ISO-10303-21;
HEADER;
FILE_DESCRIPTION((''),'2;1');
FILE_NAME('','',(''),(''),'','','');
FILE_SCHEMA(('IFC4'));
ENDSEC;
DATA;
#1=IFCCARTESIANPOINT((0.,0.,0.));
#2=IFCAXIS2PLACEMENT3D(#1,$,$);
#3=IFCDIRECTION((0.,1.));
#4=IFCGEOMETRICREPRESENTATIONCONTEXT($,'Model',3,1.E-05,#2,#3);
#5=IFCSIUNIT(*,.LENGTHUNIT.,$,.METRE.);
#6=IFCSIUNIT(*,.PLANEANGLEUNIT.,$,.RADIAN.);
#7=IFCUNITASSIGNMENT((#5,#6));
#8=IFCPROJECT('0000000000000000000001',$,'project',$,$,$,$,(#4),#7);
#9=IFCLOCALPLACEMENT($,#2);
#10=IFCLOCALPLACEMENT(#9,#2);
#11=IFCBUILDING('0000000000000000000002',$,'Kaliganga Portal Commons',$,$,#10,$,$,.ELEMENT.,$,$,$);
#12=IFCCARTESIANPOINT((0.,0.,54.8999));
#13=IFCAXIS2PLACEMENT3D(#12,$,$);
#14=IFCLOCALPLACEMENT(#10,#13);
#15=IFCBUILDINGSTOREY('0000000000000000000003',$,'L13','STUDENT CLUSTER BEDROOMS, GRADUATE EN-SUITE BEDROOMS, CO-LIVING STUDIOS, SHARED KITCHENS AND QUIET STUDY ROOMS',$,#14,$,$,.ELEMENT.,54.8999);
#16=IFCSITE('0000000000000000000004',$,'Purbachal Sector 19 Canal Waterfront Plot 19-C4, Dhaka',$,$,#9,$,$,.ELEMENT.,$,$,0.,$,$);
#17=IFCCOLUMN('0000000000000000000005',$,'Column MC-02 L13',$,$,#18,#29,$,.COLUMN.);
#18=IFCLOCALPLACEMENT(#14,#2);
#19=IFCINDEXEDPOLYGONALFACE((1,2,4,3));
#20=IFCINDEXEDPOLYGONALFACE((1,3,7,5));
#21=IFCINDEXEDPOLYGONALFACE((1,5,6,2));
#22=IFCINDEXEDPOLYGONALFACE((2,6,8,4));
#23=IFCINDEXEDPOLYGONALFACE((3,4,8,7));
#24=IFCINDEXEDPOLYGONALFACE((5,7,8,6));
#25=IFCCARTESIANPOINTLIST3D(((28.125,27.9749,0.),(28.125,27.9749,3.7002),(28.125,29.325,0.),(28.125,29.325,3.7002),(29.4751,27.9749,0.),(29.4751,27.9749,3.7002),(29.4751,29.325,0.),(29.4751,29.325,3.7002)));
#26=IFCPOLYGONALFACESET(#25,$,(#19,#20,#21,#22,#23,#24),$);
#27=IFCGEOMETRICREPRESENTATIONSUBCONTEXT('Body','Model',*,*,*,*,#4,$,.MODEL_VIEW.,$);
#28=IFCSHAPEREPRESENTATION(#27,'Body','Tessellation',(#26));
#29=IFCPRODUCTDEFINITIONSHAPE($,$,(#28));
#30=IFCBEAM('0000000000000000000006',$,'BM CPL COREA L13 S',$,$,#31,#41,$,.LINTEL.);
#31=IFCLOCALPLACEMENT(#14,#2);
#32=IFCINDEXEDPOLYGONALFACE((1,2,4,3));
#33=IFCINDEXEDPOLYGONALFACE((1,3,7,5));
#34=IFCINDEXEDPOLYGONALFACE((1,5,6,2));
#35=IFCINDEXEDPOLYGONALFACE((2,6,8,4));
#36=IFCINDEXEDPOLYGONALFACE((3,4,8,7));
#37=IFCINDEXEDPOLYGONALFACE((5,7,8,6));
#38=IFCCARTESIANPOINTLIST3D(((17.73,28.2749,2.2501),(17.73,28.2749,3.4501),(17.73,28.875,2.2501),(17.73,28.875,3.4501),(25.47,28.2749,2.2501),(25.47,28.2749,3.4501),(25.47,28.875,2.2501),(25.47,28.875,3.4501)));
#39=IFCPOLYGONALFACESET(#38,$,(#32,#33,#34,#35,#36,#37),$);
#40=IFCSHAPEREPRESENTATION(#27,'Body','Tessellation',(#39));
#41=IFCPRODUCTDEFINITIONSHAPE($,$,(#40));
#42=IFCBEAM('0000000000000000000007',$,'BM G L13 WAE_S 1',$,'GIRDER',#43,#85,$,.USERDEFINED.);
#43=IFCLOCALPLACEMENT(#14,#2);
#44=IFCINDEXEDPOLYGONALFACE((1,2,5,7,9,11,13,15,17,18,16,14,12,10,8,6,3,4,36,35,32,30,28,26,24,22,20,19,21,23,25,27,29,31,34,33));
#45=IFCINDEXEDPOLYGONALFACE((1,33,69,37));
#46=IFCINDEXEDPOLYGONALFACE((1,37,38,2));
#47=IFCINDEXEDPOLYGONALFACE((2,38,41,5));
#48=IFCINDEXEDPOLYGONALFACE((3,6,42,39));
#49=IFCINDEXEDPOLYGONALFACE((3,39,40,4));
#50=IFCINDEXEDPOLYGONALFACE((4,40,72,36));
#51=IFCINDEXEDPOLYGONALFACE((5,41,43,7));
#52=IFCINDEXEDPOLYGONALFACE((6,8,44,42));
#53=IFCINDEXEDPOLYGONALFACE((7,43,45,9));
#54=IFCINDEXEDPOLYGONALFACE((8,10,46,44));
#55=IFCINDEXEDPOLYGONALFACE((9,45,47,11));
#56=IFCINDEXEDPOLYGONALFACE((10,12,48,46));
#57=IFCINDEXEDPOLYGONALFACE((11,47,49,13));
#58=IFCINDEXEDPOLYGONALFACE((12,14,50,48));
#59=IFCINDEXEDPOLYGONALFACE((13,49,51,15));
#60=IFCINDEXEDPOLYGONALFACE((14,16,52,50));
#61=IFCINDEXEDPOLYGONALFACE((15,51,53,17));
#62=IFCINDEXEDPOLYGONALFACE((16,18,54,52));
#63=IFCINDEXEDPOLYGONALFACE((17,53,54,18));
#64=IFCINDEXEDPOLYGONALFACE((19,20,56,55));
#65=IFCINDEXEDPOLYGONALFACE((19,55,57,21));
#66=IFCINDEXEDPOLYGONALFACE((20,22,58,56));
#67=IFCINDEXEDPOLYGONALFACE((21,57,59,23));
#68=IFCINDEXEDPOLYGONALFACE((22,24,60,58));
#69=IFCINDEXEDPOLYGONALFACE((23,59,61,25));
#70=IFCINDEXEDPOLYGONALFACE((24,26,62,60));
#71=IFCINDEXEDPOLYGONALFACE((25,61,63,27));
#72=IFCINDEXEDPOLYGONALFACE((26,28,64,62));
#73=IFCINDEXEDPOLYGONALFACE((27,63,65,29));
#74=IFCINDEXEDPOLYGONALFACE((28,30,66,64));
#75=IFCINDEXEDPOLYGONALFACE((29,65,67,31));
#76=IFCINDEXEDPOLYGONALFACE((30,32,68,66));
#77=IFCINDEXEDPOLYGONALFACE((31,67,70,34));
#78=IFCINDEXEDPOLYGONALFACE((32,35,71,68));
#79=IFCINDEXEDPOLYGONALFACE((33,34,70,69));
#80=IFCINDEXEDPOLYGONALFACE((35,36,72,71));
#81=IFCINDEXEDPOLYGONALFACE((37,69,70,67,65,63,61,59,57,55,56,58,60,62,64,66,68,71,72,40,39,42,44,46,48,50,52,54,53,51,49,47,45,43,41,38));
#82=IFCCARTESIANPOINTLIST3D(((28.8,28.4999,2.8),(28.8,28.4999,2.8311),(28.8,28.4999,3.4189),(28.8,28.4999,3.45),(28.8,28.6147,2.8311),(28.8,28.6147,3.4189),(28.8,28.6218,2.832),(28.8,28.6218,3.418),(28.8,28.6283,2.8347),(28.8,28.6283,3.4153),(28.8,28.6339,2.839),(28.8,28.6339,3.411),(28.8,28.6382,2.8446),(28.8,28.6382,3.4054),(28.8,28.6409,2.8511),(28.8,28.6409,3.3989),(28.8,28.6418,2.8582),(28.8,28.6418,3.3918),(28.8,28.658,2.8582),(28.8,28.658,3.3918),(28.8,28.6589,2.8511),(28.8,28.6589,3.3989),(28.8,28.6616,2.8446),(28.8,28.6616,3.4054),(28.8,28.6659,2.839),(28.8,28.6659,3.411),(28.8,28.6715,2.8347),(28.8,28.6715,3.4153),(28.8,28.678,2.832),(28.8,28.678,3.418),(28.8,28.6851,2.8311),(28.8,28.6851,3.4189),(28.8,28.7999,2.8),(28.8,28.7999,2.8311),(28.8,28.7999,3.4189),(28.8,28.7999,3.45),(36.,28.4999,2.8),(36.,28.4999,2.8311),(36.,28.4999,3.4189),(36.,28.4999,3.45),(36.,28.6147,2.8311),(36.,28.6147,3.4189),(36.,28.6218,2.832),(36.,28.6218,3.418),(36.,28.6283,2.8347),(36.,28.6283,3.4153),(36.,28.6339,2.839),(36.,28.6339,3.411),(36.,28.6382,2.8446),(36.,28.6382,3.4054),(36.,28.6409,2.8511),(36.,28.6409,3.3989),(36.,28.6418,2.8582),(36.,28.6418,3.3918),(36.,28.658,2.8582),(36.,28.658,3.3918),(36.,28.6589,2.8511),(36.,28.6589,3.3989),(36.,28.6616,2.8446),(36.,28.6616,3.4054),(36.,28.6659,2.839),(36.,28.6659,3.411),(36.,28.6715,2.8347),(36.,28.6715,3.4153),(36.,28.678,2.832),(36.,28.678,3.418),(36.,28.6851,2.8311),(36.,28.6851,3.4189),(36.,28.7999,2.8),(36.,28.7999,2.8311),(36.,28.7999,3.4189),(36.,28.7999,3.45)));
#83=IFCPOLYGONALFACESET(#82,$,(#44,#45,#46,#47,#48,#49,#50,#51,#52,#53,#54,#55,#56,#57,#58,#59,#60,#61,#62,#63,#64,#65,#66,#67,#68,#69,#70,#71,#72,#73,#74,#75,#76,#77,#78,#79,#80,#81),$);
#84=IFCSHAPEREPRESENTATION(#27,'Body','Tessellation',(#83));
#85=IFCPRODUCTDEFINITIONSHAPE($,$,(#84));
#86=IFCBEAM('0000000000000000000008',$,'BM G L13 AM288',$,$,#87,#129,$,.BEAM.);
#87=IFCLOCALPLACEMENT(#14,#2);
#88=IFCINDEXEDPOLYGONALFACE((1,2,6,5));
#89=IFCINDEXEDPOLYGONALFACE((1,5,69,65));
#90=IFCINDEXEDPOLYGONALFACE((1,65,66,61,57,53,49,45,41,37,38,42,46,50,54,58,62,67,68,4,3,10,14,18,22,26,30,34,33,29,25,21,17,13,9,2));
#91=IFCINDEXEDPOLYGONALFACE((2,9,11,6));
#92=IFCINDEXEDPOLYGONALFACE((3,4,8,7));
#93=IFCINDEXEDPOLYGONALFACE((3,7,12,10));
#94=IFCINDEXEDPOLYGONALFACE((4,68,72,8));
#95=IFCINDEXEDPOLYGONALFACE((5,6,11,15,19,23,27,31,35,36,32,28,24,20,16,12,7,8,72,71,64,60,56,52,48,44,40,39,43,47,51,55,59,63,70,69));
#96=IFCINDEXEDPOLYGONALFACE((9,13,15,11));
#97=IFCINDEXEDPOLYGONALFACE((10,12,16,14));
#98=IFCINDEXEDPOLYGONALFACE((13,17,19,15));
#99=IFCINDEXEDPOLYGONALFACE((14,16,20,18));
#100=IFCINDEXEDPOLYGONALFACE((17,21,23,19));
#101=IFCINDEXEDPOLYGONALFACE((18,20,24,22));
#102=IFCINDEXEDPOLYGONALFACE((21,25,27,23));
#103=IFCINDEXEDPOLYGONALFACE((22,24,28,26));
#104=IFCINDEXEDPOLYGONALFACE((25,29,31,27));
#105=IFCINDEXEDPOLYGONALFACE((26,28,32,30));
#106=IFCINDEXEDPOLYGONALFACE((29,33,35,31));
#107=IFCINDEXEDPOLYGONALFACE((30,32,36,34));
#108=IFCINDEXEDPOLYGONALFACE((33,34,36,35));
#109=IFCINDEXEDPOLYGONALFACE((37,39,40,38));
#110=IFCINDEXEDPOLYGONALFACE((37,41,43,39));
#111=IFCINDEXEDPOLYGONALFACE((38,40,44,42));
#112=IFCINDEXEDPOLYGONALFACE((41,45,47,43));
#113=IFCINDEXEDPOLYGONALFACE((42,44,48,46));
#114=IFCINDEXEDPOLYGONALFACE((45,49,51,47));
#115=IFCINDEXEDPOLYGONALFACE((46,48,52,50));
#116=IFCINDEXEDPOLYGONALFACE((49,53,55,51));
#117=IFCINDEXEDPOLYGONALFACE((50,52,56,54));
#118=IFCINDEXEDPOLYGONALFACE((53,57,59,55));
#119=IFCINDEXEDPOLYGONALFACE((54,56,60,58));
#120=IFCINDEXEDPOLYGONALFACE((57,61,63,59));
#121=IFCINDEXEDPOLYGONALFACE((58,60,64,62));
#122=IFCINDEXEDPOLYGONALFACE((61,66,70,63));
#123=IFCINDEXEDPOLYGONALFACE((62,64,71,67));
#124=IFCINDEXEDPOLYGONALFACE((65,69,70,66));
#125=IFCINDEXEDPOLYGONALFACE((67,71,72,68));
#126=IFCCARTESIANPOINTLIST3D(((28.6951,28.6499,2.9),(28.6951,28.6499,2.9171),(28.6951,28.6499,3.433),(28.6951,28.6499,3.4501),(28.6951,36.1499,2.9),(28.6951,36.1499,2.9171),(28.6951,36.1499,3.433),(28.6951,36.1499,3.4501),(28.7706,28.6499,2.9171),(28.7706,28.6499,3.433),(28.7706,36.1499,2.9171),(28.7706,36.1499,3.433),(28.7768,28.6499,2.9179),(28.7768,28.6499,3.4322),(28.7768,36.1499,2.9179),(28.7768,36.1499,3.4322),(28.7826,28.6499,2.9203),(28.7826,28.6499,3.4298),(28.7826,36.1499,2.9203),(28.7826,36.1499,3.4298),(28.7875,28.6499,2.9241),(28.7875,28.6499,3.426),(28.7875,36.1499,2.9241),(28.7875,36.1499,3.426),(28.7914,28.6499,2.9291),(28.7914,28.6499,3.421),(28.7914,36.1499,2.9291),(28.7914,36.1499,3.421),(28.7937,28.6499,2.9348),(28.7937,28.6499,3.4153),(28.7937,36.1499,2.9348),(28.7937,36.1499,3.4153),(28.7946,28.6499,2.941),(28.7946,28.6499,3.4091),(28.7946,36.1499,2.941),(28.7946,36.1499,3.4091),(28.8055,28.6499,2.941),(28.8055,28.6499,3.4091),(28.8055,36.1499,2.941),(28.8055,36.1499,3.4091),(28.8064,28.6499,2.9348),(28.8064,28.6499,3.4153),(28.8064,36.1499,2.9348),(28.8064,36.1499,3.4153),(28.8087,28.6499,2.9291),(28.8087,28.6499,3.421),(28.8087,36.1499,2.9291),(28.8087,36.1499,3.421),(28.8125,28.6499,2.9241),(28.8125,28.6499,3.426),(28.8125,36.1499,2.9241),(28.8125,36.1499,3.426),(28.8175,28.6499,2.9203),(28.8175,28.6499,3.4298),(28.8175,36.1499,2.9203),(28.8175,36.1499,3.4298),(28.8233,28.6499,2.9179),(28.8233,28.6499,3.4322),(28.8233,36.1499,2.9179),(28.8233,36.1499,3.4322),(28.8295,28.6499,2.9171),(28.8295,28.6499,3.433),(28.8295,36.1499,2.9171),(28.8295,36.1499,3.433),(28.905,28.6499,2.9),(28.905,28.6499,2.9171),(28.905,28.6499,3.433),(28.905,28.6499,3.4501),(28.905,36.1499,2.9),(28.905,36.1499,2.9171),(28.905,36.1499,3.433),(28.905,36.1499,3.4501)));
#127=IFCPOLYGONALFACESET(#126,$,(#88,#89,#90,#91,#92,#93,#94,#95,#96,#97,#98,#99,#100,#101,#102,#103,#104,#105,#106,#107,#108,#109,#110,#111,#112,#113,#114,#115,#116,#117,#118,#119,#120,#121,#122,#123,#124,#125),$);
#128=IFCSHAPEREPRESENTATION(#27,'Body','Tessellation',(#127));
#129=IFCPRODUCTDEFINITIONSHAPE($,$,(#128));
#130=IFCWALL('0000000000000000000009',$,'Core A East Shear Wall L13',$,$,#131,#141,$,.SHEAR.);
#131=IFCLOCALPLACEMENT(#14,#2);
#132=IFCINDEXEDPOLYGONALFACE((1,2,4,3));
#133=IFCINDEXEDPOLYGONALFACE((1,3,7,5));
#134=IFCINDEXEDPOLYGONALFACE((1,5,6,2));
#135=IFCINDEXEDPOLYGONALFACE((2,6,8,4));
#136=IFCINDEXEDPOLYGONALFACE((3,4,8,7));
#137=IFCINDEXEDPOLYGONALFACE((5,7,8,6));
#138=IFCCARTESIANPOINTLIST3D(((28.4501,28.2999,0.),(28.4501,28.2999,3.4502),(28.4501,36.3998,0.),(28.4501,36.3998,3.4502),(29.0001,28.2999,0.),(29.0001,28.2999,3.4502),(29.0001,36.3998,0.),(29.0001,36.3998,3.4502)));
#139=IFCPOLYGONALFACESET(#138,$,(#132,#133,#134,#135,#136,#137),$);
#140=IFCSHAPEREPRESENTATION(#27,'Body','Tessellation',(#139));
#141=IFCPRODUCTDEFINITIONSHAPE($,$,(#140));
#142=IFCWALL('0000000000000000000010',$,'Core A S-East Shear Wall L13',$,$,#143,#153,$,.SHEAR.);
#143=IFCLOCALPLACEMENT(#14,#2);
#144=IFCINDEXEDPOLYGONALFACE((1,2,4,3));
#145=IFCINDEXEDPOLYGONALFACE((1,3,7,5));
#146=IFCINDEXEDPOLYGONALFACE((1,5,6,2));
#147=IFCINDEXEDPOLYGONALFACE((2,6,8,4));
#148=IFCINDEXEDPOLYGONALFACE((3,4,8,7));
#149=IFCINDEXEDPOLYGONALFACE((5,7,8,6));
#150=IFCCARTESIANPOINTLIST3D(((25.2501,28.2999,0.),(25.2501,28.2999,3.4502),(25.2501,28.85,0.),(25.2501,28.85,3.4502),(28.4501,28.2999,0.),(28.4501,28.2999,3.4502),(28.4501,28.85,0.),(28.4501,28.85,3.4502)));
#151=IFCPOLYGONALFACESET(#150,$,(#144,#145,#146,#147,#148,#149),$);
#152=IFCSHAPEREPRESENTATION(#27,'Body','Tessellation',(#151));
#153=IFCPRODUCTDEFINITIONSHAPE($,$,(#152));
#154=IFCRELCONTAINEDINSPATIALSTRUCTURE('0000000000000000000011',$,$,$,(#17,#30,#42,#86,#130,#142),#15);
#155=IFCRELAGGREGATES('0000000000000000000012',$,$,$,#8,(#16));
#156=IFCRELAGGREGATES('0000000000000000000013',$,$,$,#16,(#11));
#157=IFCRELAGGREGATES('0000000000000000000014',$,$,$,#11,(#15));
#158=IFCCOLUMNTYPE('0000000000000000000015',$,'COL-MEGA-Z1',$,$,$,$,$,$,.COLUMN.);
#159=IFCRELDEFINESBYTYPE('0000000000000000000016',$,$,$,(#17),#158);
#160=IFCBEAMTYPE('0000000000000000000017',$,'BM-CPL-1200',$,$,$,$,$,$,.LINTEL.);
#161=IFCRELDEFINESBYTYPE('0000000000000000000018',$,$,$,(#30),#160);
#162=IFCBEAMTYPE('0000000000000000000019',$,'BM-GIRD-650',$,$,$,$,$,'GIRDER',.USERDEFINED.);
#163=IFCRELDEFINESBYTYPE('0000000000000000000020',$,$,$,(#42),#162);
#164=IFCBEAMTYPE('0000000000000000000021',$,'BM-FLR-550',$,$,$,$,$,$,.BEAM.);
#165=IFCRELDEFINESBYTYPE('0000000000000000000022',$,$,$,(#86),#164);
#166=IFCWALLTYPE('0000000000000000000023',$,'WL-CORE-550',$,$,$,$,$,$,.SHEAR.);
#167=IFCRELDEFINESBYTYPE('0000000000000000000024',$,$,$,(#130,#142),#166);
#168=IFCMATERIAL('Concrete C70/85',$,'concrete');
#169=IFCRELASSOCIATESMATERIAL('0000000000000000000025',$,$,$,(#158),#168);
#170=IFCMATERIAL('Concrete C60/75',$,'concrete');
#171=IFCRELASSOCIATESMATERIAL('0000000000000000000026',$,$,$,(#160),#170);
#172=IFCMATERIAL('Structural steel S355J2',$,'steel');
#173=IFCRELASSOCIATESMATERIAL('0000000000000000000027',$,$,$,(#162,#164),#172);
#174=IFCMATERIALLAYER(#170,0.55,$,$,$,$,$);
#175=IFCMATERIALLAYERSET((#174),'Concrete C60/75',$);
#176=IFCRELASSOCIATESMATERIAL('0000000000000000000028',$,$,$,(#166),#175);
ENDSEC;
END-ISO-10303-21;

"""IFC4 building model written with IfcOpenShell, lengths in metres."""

from ifc_helpers import new_model, si_unit, direction, frame, frame_2d, origin, origin_2d, place, context, subcontext, project, spatial, rectangle, i_section, extrude, source, transform, mapped, material, layer, layer_set, material_profile, profile_set, type_object, element, save


model = new_model("IFC4")

# Units and contexts
model_context = context("Model", 3, precision=1e-05, world=origin(), true_north=direction((0.0, 1.0)))
body_context = subcontext(model_context, "Body", "Model", "MODEL_VIEW")
ifc_project = project(units=[si_unit("LENGTHUNIT", "METRE"), si_unit("PLANEANGLEUNIT", "RADIAN")], contexts=[model_context])

# Site, building, storey
site_placement = place(None, origin())
site = spatial("IfcSite", under=ifc_project, at=site_placement, Name="Purbachal Sector 19 Canal Waterfront Plot 19-C4, Dhaka", CompositionType="ELEMENT", RefElevation=0.0)
building_placement = place(site_placement, origin())
building = spatial("IfcBuilding", under=site, at=building_placement, Name="Kaliganga Portal Commons", CompositionType="ELEMENT")
storey_placement = place(building_placement, frame((0.0, 0.0, 54.8999)))
storey = spatial("IfcBuildingStorey", under=building, at=storey_placement, Name="L13", Description="STUDENT CLUSTER BEDROOMS, GRADUATE EN-SUITE BEDROOMS, CO-LIVING STUDIOS, SHARED KITCHENS AND QUIET STUDY ROOMS", CompositionType="ELEMENT", Elevation=54.8999)

# Column
ifc_material_1 = material(Name="Concrete C70/85", Category="concrete")
ifc_material_profile_1 = material_profile(ifc_material_1, rectangle(XDim=1.3501, YDim=1.3501, at=origin_2d()), Name="RC 1350x1350")
ifc_profile_set_1 = profile_set([ifc_material_profile_1], Name="Concrete C70/85")
column_type = type_object("IfcColumnType", Name="COL-MEGA-Z1", PredefinedType="COLUMN", material=ifc_profile_set_1)
shared_shape_1 = source(origin(), body_context, "Body", "SweptSolid", [
    extrude(rectangle(XDim=1.3501, YDim=1.3501, at=origin_2d()), origin(), (0.0, 0.0, 1.0), 3.7002),
])
column_placement = place(storey_placement, frame((28.8, 28.6499, 0.0), z_axis=(0.0, 0.0, 1.0), x_axis=(1.0, 0.0, 0.0)))
element("IfcColumn", 1, at=column_placement, inside=storey, type_object=column_type, Name="Column MC-02 L13", PredefinedType="COLUMN", context=body_context, shape_type="MappedRepresentation", body=[
    mapped(shared_shape_1, transform((0.0, 0.0, 0.0), x_axis=(1.0, 0.0, 0.0), y_axis=(0.0, 1.0, 0.0), z_axis=(0.0, 0.0, 1.0), scale=1.0)),
])

# Beams
ifc_material_2 = material(Name="Concrete C60/75", Category="concrete")
ifc_material_profile_2 = material_profile(ifc_material_2, rectangle(XDim=0.6001, YDim=1.2, at=origin_2d()), Name="RC 600x1200")
ifc_profile_set_2 = profile_set([ifc_material_profile_2], Name="Concrete C60/75")
beam_type_1 = type_object("IfcBeamType", Name="BM-CPL-1200", PredefinedType="LINTEL", material=ifc_profile_set_2)
shared_shape_2 = source(origin(), body_context, "Body", "SweptSolid", [
    extrude(rectangle(XDim=0.6001, YDim=1.2, at=origin_2d()), origin(), (0.0, 0.0, 1.0), 7.74),
])
beam_1_placement = place(storey_placement, frame((17.73, 28.575, 2.8501), z_axis=(1.0, 0.0, 0.0), x_axis=(0.0, 1.0, 0.0)))
element("IfcBeam", 2, at=beam_1_placement, inside=storey, type_object=beam_type_1, Name="BM CPL COREA L13 S", PredefinedType="LINTEL", context=body_context, shape_type="MappedRepresentation", body=[
    mapped(shared_shape_2, transform((0.0, 0.0, 0.0), x_axis=(1.0, 0.0, 0.0), y_axis=(0.0, 1.0, 0.0), z_axis=(0.0, 0.0, 1.0), scale=1.0)),
])
ifc_material_3 = material(Name="Structural steel S355J2", Category="steel")
ifc_material_profile_3 = material_profile(ifc_material_3, i_section(OverallWidth=0.3, OverallDepth=0.6499, WebThickness=0.0161, FlangeThickness=0.031, FilletRadius=0.0271, at=origin_2d()), Name="HE 650 B")
ifc_profile_set_3 = profile_set([ifc_material_profile_3], Name="Structural steel S355J2 wide-flange")
beam_type_2 = type_object("IfcBeamType", Name="BM-GIRD-650", ElementType="GIRDER", PredefinedType="USERDEFINED", material=ifc_profile_set_3)
shared_shape_3 = source(origin(), body_context, "Body", "SweptSolid", [
    extrude(i_section(OverallWidth=0.3, OverallDepth=0.6499, WebThickness=0.0161, FlangeThickness=0.031, FilletRadius=0.0271, at=origin_2d()), origin(), (0.0, 0.0, 1.0), 7.2),
])
beam_2_placement = place(storey_placement, frame((28.8, 28.6499, 3.125), z_axis=(1.0, 0.0, 0.0), x_axis=(0.0, 1.0, 0.0)))
element("IfcBeam", 3, at=beam_2_placement, inside=storey, type_object=beam_type_2, Name="BM G L13 WAE_S 1", ObjectType="GIRDER", PredefinedType="USERDEFINED", context=body_context, shape_type="MappedRepresentation", body=[
    mapped(shared_shape_3, transform((0.0, 0.0, 0.0), x_axis=(1.0, 0.0, 0.0), y_axis=(0.0, 1.0, 0.0), z_axis=(0.0, 0.0, 1.0), scale=1.0)),
])
ifc_material_profile_4 = material_profile(ifc_material_3, i_section(OverallWidth=0.21, OverallDepth=0.55, WebThickness=0.011, FlangeThickness=0.0171, FilletRadius=0.0239, at=origin_2d()), Name="IPE 550")
ifc_profile_set_4 = profile_set([ifc_material_profile_4], Name="Structural steel S355J2 wide-flange")
beam_type_3 = type_object("IfcBeamType", Name="BM-FLR-550", PredefinedType="BEAM", material=ifc_profile_set_4)
shared_shape_4 = source(origin(), body_context, "Body", "SweptSolid", [
    extrude(i_section(OverallWidth=0.21, OverallDepth=0.55, WebThickness=0.011, FlangeThickness=0.0171, FilletRadius=0.0239, at=origin_2d()), origin(), (0.0, 0.0, 1.0), 7.5),
])
beam_3_placement = place(storey_placement, frame((28.8, 28.6499, 3.175), z_axis=(0.0, 1.0, 0.0), x_axis=(-1.0, 0.0, 0.0)))
element("IfcBeam", 4, at=beam_3_placement, inside=storey, type_object=beam_type_3, Name="BM G L13 AM288", PredefinedType="BEAM", context=body_context, shape_type="MappedRepresentation", body=[
    mapped(shared_shape_4, transform((0.0, 0.0, 0.0), x_axis=(1.0, 0.0, 0.0), y_axis=(0.0, 1.0, 0.0), z_axis=(0.0, 0.0, 1.0), scale=1.0)),
])

# Walls
ifc_layer_1 = layer(ifc_material_2, 0.55)
ifc_layer_set_1 = layer_set([ifc_layer_1], Name="Concrete C60/75")
wall_type_1 = type_object("IfcWallType", Name="WL-CORE-550", PredefinedType="SHEAR", material=ifc_layer_set_1)
wall_1_placement = place(storey_placement, frame((28.7251, 28.3, 0.0), z_axis=(0.0, 0.0, 1.0), x_axis=(0.0, 1.0, 0.0)))
element("IfcWall", 5, at=wall_1_placement, inside=storey, type_object=wall_type_1, Name="Core A East Shear Wall L13", PredefinedType="SHEAR", context=body_context, shape_type="SweptSolid", body=[
    extrude(rectangle(XDim=8.0999, YDim=0.55, at=frame_2d((4.0498, 0.0))), origin(), (0.0, 0.0, 1.0), 3.4502),
])
wall_2_placement = place(storey_placement, frame((25.25, 28.575, 0.0), z_axis=(0.0, 0.0, 1.0), x_axis=(1.0, 0.0, 0.0)))
element("IfcWall", 6, at=wall_2_placement, inside=storey, type_object=wall_type_1, Name="Core A S-East Shear Wall L13", PredefinedType="SHEAR", context=body_context, shape_type="SweptSolid", body=[
    extrude(rectangle(XDim=3.2, YDim=0.55, at=frame_2d((1.6001, 0.0))), origin(), (0.0, 0.0, 1.0), 3.4502),
])

save(model, "model.ifc")
